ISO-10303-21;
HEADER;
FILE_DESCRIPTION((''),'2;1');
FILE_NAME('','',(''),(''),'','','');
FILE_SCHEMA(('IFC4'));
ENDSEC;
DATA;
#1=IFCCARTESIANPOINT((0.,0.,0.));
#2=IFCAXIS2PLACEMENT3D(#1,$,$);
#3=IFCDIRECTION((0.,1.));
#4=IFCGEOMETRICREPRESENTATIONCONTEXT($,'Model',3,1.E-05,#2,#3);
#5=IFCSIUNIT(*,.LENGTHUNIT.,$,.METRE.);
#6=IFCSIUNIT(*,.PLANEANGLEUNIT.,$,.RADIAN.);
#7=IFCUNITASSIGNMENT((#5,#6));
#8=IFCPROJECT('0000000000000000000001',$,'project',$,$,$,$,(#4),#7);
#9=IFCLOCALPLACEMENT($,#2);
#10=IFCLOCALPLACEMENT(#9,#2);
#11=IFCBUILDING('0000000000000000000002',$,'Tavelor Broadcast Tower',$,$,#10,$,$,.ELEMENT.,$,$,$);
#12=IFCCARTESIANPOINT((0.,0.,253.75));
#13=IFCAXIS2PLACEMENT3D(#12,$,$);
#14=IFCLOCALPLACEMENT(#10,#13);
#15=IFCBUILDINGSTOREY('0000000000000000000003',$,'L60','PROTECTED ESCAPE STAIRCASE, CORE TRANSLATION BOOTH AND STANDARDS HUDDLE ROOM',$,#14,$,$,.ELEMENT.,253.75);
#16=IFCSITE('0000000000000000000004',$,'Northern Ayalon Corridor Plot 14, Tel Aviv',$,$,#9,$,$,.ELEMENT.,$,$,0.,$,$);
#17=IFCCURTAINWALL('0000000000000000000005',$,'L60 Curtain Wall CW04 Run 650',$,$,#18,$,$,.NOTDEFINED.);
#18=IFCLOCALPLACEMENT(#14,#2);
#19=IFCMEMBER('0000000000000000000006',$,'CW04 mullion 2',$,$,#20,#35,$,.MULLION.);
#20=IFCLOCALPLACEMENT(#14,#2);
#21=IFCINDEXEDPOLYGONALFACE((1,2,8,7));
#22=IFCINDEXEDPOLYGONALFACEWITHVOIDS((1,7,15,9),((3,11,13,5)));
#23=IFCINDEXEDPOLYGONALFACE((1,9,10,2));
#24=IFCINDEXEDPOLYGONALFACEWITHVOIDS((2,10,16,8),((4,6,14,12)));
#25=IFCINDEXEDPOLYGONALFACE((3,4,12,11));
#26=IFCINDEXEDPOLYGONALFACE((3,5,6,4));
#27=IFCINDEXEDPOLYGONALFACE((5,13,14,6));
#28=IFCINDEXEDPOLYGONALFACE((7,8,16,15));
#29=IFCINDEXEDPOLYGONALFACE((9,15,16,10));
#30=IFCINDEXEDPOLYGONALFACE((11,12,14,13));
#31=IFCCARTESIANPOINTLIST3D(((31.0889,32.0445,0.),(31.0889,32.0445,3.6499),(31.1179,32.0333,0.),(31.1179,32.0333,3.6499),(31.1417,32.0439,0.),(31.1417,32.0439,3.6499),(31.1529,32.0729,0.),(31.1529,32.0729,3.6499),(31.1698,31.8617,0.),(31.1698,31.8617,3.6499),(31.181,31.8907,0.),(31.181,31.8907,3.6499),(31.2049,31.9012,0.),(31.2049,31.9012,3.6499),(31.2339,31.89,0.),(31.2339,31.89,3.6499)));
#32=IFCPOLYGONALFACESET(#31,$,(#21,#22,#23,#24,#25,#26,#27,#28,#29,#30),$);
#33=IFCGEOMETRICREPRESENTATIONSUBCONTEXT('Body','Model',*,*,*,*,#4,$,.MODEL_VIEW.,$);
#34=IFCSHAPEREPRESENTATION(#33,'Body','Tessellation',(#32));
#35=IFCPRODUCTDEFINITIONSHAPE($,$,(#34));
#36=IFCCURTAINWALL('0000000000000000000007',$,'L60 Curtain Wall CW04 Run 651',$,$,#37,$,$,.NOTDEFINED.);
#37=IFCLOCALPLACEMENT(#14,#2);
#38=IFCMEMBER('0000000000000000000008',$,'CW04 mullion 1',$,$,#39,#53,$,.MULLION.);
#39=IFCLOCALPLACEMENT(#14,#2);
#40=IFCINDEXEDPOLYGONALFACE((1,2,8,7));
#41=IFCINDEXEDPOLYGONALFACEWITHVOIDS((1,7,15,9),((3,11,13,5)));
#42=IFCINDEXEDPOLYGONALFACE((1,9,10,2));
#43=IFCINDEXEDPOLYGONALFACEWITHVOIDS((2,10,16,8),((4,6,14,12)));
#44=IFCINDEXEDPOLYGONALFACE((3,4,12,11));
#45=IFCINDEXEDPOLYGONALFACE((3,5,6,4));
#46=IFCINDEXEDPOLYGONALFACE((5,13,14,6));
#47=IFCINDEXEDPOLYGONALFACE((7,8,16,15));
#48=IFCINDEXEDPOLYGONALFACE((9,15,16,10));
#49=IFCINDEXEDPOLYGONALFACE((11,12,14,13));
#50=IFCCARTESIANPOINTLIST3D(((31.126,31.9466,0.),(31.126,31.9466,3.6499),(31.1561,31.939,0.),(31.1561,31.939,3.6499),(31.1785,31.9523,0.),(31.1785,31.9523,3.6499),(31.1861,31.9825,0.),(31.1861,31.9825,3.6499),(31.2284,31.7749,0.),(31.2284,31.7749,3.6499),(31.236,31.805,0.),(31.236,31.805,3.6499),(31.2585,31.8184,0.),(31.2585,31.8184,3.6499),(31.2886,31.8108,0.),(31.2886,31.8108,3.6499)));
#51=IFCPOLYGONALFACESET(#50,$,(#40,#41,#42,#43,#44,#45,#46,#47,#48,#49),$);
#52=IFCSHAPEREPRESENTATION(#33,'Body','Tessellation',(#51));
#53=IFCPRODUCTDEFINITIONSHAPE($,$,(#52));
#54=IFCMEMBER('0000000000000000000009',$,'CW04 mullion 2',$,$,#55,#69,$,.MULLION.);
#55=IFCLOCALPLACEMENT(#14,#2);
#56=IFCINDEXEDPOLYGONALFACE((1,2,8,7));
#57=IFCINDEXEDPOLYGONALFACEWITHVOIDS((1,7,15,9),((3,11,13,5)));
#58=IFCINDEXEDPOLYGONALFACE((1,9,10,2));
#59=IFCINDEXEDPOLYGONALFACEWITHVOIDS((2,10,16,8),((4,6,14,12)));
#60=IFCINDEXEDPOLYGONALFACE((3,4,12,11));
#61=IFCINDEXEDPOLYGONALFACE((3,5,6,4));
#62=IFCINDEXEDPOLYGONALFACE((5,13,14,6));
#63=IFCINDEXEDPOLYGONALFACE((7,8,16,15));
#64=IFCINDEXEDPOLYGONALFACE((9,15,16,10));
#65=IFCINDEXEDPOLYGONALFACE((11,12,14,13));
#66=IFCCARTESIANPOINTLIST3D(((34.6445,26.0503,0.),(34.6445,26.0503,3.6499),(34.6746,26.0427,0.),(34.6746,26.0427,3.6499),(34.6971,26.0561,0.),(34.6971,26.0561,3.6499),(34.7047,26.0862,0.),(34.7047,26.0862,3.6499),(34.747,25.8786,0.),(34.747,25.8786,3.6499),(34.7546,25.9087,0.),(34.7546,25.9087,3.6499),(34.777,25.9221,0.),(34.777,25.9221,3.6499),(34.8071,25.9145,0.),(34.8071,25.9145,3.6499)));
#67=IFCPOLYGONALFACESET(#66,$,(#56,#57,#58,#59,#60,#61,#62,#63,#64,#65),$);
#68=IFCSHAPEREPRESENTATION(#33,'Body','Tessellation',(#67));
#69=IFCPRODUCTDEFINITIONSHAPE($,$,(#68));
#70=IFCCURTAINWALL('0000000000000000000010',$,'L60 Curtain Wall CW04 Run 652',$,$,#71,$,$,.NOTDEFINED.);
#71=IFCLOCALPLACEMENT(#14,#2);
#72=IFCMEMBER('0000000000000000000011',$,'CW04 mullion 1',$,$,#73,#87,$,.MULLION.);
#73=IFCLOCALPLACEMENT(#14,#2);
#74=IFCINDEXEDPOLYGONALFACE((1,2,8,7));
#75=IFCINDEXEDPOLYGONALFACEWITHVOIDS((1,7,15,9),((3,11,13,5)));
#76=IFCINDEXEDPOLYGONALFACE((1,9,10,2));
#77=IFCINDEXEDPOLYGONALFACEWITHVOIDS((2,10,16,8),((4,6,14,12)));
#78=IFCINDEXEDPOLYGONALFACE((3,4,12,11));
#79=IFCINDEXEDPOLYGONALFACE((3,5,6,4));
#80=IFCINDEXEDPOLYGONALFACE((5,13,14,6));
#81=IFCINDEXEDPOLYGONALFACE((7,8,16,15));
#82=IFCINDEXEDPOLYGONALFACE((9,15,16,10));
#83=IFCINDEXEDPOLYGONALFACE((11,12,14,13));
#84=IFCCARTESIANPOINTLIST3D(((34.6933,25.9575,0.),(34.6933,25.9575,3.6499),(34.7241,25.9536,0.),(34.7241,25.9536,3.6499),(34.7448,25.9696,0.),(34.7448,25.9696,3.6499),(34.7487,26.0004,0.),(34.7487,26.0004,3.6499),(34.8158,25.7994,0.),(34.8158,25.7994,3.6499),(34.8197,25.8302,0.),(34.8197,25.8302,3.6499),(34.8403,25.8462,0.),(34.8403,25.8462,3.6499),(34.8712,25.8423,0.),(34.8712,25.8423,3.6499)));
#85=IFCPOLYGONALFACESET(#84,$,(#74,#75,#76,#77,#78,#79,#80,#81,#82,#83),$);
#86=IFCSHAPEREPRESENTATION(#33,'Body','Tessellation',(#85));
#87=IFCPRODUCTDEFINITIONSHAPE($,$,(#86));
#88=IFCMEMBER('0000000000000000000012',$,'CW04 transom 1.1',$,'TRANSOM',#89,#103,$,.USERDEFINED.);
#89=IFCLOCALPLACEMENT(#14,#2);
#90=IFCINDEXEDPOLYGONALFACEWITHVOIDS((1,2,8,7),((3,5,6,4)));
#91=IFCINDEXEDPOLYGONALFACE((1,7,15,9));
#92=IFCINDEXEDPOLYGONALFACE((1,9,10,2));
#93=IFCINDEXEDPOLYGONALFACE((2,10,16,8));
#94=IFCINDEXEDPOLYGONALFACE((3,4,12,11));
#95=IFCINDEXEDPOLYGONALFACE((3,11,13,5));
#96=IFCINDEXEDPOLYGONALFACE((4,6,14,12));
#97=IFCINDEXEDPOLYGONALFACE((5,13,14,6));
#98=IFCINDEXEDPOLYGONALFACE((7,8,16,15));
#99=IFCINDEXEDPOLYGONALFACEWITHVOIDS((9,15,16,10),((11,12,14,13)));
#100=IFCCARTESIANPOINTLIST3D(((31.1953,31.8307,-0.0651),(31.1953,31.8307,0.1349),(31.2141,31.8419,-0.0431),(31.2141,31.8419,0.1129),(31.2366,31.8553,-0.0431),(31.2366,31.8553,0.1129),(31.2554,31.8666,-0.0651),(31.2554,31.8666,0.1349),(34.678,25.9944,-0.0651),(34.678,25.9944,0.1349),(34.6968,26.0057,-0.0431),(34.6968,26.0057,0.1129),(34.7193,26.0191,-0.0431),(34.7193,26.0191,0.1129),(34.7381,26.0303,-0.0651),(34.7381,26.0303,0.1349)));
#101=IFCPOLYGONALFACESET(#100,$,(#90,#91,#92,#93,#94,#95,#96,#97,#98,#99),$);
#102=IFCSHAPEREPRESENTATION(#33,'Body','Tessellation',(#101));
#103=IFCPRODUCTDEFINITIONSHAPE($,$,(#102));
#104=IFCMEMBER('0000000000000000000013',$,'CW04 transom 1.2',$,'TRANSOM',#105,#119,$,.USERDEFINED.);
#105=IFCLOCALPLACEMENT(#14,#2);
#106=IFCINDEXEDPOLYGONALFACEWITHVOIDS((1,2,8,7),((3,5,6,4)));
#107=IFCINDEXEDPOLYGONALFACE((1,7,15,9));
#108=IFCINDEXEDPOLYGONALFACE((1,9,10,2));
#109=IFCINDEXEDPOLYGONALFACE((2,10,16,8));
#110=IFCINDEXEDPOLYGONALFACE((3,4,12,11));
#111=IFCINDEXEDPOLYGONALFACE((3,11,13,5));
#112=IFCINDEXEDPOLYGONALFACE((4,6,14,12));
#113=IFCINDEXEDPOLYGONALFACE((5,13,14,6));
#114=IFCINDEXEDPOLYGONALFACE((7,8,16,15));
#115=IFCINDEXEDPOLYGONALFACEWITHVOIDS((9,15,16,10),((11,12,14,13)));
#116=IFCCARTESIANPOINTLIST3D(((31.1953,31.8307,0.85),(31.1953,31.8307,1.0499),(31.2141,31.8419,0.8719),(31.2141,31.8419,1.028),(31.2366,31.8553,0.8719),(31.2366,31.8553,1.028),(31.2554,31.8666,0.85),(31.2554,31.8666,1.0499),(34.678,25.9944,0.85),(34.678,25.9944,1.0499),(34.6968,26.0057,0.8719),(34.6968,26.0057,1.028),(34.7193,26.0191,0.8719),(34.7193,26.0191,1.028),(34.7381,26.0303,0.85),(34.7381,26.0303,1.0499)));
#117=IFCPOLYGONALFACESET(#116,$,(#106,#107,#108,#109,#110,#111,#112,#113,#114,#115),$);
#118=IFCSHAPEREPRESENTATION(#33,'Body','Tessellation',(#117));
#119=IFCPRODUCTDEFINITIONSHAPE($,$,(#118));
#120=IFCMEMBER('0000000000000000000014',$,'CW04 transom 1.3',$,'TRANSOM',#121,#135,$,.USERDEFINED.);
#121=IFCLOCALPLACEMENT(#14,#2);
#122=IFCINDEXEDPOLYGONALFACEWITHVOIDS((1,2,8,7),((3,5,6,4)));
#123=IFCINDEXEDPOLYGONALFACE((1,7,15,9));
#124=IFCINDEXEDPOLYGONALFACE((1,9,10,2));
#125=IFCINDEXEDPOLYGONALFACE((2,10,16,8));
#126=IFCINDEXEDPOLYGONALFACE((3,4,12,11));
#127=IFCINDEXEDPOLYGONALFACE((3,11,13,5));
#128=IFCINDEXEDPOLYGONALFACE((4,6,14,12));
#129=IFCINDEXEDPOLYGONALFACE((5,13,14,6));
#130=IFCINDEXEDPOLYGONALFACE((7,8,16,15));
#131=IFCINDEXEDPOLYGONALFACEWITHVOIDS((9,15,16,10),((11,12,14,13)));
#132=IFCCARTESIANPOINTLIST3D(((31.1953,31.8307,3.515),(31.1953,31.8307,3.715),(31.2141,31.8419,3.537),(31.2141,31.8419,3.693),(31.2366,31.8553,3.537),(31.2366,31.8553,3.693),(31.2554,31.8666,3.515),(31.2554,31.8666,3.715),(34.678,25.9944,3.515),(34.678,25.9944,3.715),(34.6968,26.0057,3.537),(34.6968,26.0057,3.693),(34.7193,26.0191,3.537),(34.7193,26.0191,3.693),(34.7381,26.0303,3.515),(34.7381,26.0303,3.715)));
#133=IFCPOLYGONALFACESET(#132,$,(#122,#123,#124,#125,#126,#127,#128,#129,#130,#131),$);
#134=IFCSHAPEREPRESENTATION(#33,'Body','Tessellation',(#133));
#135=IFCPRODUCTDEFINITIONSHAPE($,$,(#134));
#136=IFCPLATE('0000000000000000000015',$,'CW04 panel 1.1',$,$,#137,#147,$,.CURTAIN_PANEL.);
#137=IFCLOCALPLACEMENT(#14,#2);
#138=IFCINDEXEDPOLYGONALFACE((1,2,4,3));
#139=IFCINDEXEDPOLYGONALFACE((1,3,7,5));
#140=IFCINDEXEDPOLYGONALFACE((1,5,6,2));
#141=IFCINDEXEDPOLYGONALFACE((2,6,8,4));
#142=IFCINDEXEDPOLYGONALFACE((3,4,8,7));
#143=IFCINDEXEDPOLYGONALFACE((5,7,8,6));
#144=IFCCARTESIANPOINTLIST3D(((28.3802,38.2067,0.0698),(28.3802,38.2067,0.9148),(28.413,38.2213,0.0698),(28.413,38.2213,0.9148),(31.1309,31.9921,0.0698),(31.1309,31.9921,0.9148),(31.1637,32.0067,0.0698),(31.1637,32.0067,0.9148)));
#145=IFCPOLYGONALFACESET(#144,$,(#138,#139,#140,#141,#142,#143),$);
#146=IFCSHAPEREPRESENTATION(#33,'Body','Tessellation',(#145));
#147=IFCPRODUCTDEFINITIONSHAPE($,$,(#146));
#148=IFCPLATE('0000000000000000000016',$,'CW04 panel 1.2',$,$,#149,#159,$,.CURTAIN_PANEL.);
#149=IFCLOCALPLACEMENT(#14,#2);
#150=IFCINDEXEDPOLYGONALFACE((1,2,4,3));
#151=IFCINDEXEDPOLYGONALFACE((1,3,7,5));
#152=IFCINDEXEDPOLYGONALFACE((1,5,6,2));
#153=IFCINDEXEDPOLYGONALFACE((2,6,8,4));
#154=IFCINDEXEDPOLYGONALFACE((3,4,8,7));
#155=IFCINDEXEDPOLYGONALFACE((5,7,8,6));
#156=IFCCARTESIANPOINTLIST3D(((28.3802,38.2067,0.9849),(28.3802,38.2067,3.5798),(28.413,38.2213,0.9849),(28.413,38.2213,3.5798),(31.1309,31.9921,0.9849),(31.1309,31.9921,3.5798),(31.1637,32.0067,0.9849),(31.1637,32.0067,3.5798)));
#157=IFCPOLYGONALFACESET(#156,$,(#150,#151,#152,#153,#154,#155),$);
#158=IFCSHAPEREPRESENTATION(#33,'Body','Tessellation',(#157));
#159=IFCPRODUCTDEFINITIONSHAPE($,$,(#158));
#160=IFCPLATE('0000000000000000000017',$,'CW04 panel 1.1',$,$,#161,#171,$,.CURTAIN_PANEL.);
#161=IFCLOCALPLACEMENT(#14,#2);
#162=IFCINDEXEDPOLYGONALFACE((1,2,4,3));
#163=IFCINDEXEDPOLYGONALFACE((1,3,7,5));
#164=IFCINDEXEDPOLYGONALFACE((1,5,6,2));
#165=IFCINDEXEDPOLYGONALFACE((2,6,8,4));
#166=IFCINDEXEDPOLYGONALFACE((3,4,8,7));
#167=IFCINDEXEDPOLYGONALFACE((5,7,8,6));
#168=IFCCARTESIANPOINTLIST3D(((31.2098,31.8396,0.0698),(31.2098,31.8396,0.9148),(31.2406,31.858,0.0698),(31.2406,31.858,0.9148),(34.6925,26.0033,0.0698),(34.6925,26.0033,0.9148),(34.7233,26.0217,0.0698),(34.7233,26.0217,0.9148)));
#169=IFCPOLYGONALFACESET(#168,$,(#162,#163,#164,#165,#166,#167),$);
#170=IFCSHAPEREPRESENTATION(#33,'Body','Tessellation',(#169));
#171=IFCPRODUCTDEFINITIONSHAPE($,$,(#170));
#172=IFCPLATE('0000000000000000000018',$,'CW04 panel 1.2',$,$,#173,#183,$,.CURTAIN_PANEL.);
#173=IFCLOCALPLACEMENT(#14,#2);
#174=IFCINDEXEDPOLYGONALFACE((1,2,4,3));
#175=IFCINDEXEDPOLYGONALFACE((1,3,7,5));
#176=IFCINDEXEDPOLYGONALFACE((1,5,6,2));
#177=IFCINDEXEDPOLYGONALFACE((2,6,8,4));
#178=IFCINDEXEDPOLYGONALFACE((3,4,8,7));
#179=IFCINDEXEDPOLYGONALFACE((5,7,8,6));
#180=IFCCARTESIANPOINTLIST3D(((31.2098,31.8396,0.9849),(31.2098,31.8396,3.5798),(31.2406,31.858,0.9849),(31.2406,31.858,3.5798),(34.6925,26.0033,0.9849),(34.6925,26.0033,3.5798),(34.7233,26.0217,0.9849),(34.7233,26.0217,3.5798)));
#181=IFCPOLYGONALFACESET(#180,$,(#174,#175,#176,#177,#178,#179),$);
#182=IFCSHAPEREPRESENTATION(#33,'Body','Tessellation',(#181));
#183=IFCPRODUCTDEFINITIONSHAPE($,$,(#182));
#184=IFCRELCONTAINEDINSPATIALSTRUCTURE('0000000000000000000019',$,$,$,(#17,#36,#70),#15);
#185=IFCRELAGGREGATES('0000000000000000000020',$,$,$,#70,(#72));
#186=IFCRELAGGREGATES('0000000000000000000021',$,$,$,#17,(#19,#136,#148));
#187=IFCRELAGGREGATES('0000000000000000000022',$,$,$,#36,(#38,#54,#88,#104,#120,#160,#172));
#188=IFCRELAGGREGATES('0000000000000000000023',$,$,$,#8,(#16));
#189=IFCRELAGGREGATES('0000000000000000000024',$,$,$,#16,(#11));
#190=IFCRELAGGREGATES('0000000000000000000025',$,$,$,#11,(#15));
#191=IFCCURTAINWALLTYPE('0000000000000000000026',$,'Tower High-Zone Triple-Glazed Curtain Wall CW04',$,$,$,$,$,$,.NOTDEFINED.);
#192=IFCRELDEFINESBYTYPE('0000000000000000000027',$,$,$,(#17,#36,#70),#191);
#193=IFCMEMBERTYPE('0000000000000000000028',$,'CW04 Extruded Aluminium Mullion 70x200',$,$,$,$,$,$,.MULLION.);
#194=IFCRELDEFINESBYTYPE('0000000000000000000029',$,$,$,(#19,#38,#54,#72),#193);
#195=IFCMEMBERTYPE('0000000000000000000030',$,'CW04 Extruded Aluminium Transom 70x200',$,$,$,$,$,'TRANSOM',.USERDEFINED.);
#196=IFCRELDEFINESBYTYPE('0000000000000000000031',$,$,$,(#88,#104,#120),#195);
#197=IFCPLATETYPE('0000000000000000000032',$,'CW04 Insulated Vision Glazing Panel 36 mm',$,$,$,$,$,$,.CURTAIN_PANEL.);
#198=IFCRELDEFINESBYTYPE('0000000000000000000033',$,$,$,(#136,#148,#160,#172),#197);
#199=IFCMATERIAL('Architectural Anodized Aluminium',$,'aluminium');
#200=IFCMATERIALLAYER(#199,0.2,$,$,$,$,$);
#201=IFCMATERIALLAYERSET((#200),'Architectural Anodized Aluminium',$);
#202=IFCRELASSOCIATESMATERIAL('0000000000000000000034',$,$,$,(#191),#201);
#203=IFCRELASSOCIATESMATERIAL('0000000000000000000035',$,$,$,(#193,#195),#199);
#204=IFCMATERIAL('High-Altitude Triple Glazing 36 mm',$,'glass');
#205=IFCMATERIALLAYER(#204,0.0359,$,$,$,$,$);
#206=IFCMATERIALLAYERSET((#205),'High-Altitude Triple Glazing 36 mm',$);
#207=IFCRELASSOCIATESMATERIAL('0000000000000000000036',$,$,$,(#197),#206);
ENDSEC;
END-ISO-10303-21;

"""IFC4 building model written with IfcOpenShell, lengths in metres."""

from ifc_helpers import new_model, si_unit, direction, frame, origin, origin_2d, place, context, subcontext, project, spatial, rectangle, hollow_rectangle, extrude, source, transform, mapped, material, layer, layer_set, material_profile, profile_set, type_object, type_shapes, element, aggregate, save


model = new_model("IFC4")

# Units and contexts
model_context = context("Model", 3, precision=1e-05, world=origin(), true_north=direction((0.0, 1.0)))
body_context = subcontext(model_context, "Body", "Model", "MODEL_VIEW")
ifc_project = project(units=[si_unit("LENGTHUNIT", "METRE"), si_unit("PLANEANGLEUNIT", "RADIAN")], contexts=[model_context])

# Site, building, storey
site_placement = place(None, origin())
site = spatial("IfcSite", under=ifc_project, at=site_placement, Name="Northern Ayalon Corridor Plot 14, Tel Aviv", CompositionType="ELEMENT", RefElevation=0.0)
building_placement = place(site_placement, origin())
building = spatial("IfcBuilding", under=site, at=building_placement, Name="Tavelor Broadcast Tower", CompositionType="ELEMENT")
storey_placement = place(building_placement, frame((0.0, 0.0, 253.75)))
storey = spatial("IfcBuildingStorey", under=building, at=storey_placement, Name="L60", Description="PROTECTED ESCAPE STAIRCASE, CORE TRANSLATION BOOTH AND STANDARDS HUDDLE ROOM", CompositionType="ELEMENT", Elevation=253.75)

# Curtain wall, member
ifc_material_1 = material(Name="Architectural Anodized Aluminium", Category="aluminium")
ifc_layer_1 = layer(ifc_material_1, 0.2)
ifc_layer_set_1 = layer_set([ifc_layer_1], Name="Architectural Anodized Aluminium")
curtain_wall_type = type_object("IfcCurtainWallType", Name="Tower High-Zone Triple-Glazed Curtain Wall CW04", PredefinedType="NOTDEFINED", material=ifc_layer_set_1)
curtain_wall_1_placement = place(storey_placement, origin())
curtain_wall_1 = element("IfcCurtainWall", 1, at=curtain_wall_1_placement, inside=storey, type_object=curtain_wall_type, Name="L60 Curtain Wall CW04 Run 650", PredefinedType="NOTDEFINED")
ifc_material_profile_1 = material_profile(ifc_material_1, hollow_rectangle(XDim=0.0701, YDim=0.2, WallThickness=0.022, at=origin_2d()), Name="RHS 70x200x22")
ifc_profile_set_1 = profile_set([ifc_material_profile_1], Name="Architectural Anodized Aluminium")
member_type_1 = type_object("IfcMemberType", Name="CW04 Extruded Aluminium Mullion 70x200", PredefinedType="MULLION", material=ifc_profile_set_1)
shared_shape_1 = source(origin(), body_context, "Body", "SweptSolid", [
    extrude(hollow_rectangle(XDim=0.0701, YDim=0.2, WallThickness=0.022, at=origin_2d()), origin(), (0.0, 0.0, 1.0), 3.6499),
])
type_shapes(member_type_1, [shared_shape_1])
member_1_placement = place(storey_placement, frame((31.1614, 31.9673, 0.0), z_axis=(0.0, 0.0, 1.0), x_axis=(0.91443, 0.404744, 0.0)))
member_1 = element("IfcMember", 2, at=member_1_placement, type_object=member_type_1, Name="CW04 mullion 2", PredefinedType="MULLION", context=body_context, shape_type="MappedRepresentation", body=[
    mapped(shared_shape_1, transform((0.0, 0.0, 0.0), scale=1.0)),
])

# Curtain wall, members
curtain_wall_2_placement = place(storey_placement, origin())
curtain_wall_2 = element("IfcCurtainWall", 3, at=curtain_wall_2_placement, inside=storey, type_object=curtain_wall_type, Name="L60 Curtain Wall CW04 Run 651", PredefinedType="NOTDEFINED")
member_2_placement = place(storey_placement, frame((31.2073, 31.8787, 0.0), z_axis=(0.0, 0.0, 1.0), x_axis=(0.858731, 0.512427, 0.0)))
member_2 = element("IfcMember", 4, at=member_2_placement, type_object=member_type_1, Name="CW04 mullion 1", PredefinedType="MULLION", context=body_context, shape_type="MappedRepresentation", body=[
    mapped(shared_shape_1, transform((0.0, 0.0, 0.0), scale=1.0)),
])
member_3_placement = place(storey_placement, frame((34.7258, 25.9824, 0.0), z_axis=(0.0, 0.0, 1.0), x_axis=(0.858731, 0.512427, 0.0)))
member_3 = element("IfcMember", 5, at=member_3_placement, type_object=member_type_1, Name="CW04 mullion 2", PredefinedType="MULLION", context=body_context, shape_type="MappedRepresentation", body=[
    mapped(shared_shape_1, transform((0.0, 0.0, 0.0), scale=1.0)),
])

# Curtain wall, member
curtain_wall_3_placement = place(storey_placement, origin())
curtain_wall_3 = element("IfcCurtainWall", 6, at=curtain_wall_3_placement, inside=storey, type_object=curtain_wall_type, Name="L60 Curtain Wall CW04 Run 652", PredefinedType="NOTDEFINED")
member_4_placement = place(storey_placement, frame((34.7822, 25.8999, 0.0), z_axis=(0.0, 0.0, 1.0), x_axis=(0.790415, 0.612571, 0.0)))
member_4 = element("IfcMember", 7, at=member_4_placement, type_object=member_type_1, Name="CW04 mullion 1", PredefinedType="MULLION", context=body_context, shape_type="MappedRepresentation", body=[
    mapped(shared_shape_1, transform((0.0, 0.0, 0.0), scale=1.0)),
])
aggregate(curtain_wall_3, [member_4])

# Members
ifc_material_profile_2 = material_profile(ifc_material_1, hollow_rectangle(XDim=0.0701, YDim=0.2, WallThickness=0.022, at=origin_2d()), Name="RHS 70x200x22")
ifc_profile_set_2 = profile_set([ifc_material_profile_2], Name="Architectural Anodized Aluminium")
member_type_2 = type_object("IfcMemberType", Name="CW04 Extruded Aluminium Transom 70x200", ElementType="TRANSOM", PredefinedType="USERDEFINED", material=ifc_profile_set_2)
shared_shape_2 = source(origin(), body_context, "Body", "SweptSolid", [
    extrude(hollow_rectangle(XDim=0.0701, YDim=0.2, WallThickness=0.022, at=origin_2d()), origin(), (0.0, 0.0, 1.0), 6.7964),
])
type_shapes(member_type_2, [shared_shape_2])
member_5_placement = place(storey_placement, frame((31.2253, 31.8486, 0.0349), z_axis=(0.512434, -0.858727, 0.0), x_axis=(0.858727, 0.512434, 0.0)))
member_5 = element("IfcMember", 8, at=member_5_placement, type_object=member_type_2, Name="CW04 transom 1.1", ObjectType="TRANSOM", PredefinedType="USERDEFINED", context=body_context, shape_type="MappedRepresentation", body=[
    mapped(shared_shape_2, transform((0.0, 0.0, 0.0), scale=1.0)),
])
member_6_placement = place(storey_placement, frame((31.2253, 31.8486, 0.95), z_axis=(0.512434, -0.858727, 0.0), x_axis=(0.858727, 0.512434, 0.0)))
member_6 = element("IfcMember", 9, at=member_6_placement, type_object=member_type_2, Name="CW04 transom 1.2", ObjectType="TRANSOM", PredefinedType="USERDEFINED", context=body_context, shape_type="MappedRepresentation", body=[
    mapped(shared_shape_2, transform((0.0, 0.0, 0.0), scale=1.0)),
])
member_7_placement = place(storey_placement, frame((31.2253, 31.8486, 3.615), z_axis=(0.512434, -0.858727, 0.0), x_axis=(0.858727, 0.512434, 0.0)))
member_7 = element("IfcMember", 10, at=member_7_placement, type_object=member_type_2, Name="CW04 transom 1.3", ObjectType="TRANSOM", PredefinedType="USERDEFINED", context=body_context, shape_type="MappedRepresentation", body=[
    mapped(shared_shape_2, transform((0.0, 0.0, 0.0), scale=1.0)),
])

# Plates
ifc_material_2 = material(Name="High-Altitude Triple Glazing 36 mm", Category="glass")
ifc_layer_2 = layer(ifc_material_2, 0.0359)
ifc_layer_set_2 = layer_set([ifc_layer_2], Name="High-Altitude Triple Glazing 36 mm")
plate_type = type_object("IfcPlateType", Name="CW04 Insulated Vision Glazing Panel 36 mm", PredefinedType="CURTAIN_PANEL", material=ifc_layer_set_2)
shared_shape_3 = source(origin(), body_context, "Body", "SweptSolid", [
    extrude(rectangle(XDim=6.7961, YDim=0.0359, at=origin_2d()), origin(), (0.0, 0.0, 1.0), 0.845),
])
plate_1_placement = place(storey_placement, frame((29.772, 35.1067, 0.0698), z_axis=(0.0, 0.0, 1.0), x_axis=(0.404744, -0.91443, 0.0)))
plate_1 = element("IfcPlate", 11, at=plate_1_placement, type_object=plate_type, Name="CW04 panel 1.1", PredefinedType="CURTAIN_PANEL", context=body_context, shape_type="MappedRepresentation", body=[
    mapped(shared_shape_3, transform((0.0, 0.0, 0.0), scale=1.0)),
])
shared_shape_4 = source(origin(), body_context, "Body", "SweptSolid", [
    extrude(rectangle(XDim=6.7961, YDim=0.0359, at=origin_2d()), origin(), (0.0, 0.0, 1.0), 2.595),
])
plate_2_placement = place(storey_placement, frame((29.772, 35.1067, 0.9849), z_axis=(0.0, 0.0, 1.0), x_axis=(0.404744, -0.91443, 0.0)))
plate_2 = element("IfcPlate", 12, at=plate_2_placement, type_object=plate_type, Name="CW04 panel 1.2", PredefinedType="CURTAIN_PANEL", context=body_context, shape_type="MappedRepresentation", body=[
    mapped(shared_shape_4, transform((0.0, 0.0, 0.0), scale=1.0)),
])
aggregate(curtain_wall_1, [member_1, plate_1, plate_2])
shared_shape_5 = source(origin(), body_context, "Body", "SweptSolid", [
    extrude(rectangle(XDim=6.7964, YDim=0.0359, at=origin_2d()), origin(), (0.0, 0.0, 1.0), 0.845),
])
plate_3_placement = place(storey_placement, frame((32.9666, 28.9307, 0.0698), z_axis=(0.0, 0.0, 1.0), x_axis=(0.512427, -0.858731, 0.0)))
plate_3 = element("IfcPlate", 13, at=plate_3_placement, type_object=plate_type, Name="CW04 panel 1.1", PredefinedType="CURTAIN_PANEL", context=body_context, shape_type="MappedRepresentation", body=[
    mapped(shared_shape_5, transform((0.0, 0.0, 0.0), scale=1.0)),
])
shared_shape_6 = source(origin(), body_context, "Body", "SweptSolid", [
    extrude(rectangle(XDim=6.7964, YDim=0.0359, at=origin_2d()), origin(), (0.0, 0.0, 1.0), 2.595),
])
type_shapes(plate_type, [shared_shape_3, shared_shape_4, shared_shape_5, shared_shape_6])
plate_4_placement = place(storey_placement, frame((32.9666, 28.9307, 0.9849), z_axis=(0.0, 0.0, 1.0), x_axis=(0.512427, -0.858731, 0.0)))
plate_4 = element("IfcPlate", 14, at=plate_4_placement, type_object=plate_type, Name="CW04 panel 1.2", PredefinedType="CURTAIN_PANEL", context=body_context, shape_type="MappedRepresentation", body=[
    mapped(shared_shape_6, transform((0.0, 0.0, 0.0), scale=1.0)),
])
aggregate(curtain_wall_2, [member_2, member_3, member_5, member_6, member_7, plate_3, plate_4])

save(model, "model.ifc")
